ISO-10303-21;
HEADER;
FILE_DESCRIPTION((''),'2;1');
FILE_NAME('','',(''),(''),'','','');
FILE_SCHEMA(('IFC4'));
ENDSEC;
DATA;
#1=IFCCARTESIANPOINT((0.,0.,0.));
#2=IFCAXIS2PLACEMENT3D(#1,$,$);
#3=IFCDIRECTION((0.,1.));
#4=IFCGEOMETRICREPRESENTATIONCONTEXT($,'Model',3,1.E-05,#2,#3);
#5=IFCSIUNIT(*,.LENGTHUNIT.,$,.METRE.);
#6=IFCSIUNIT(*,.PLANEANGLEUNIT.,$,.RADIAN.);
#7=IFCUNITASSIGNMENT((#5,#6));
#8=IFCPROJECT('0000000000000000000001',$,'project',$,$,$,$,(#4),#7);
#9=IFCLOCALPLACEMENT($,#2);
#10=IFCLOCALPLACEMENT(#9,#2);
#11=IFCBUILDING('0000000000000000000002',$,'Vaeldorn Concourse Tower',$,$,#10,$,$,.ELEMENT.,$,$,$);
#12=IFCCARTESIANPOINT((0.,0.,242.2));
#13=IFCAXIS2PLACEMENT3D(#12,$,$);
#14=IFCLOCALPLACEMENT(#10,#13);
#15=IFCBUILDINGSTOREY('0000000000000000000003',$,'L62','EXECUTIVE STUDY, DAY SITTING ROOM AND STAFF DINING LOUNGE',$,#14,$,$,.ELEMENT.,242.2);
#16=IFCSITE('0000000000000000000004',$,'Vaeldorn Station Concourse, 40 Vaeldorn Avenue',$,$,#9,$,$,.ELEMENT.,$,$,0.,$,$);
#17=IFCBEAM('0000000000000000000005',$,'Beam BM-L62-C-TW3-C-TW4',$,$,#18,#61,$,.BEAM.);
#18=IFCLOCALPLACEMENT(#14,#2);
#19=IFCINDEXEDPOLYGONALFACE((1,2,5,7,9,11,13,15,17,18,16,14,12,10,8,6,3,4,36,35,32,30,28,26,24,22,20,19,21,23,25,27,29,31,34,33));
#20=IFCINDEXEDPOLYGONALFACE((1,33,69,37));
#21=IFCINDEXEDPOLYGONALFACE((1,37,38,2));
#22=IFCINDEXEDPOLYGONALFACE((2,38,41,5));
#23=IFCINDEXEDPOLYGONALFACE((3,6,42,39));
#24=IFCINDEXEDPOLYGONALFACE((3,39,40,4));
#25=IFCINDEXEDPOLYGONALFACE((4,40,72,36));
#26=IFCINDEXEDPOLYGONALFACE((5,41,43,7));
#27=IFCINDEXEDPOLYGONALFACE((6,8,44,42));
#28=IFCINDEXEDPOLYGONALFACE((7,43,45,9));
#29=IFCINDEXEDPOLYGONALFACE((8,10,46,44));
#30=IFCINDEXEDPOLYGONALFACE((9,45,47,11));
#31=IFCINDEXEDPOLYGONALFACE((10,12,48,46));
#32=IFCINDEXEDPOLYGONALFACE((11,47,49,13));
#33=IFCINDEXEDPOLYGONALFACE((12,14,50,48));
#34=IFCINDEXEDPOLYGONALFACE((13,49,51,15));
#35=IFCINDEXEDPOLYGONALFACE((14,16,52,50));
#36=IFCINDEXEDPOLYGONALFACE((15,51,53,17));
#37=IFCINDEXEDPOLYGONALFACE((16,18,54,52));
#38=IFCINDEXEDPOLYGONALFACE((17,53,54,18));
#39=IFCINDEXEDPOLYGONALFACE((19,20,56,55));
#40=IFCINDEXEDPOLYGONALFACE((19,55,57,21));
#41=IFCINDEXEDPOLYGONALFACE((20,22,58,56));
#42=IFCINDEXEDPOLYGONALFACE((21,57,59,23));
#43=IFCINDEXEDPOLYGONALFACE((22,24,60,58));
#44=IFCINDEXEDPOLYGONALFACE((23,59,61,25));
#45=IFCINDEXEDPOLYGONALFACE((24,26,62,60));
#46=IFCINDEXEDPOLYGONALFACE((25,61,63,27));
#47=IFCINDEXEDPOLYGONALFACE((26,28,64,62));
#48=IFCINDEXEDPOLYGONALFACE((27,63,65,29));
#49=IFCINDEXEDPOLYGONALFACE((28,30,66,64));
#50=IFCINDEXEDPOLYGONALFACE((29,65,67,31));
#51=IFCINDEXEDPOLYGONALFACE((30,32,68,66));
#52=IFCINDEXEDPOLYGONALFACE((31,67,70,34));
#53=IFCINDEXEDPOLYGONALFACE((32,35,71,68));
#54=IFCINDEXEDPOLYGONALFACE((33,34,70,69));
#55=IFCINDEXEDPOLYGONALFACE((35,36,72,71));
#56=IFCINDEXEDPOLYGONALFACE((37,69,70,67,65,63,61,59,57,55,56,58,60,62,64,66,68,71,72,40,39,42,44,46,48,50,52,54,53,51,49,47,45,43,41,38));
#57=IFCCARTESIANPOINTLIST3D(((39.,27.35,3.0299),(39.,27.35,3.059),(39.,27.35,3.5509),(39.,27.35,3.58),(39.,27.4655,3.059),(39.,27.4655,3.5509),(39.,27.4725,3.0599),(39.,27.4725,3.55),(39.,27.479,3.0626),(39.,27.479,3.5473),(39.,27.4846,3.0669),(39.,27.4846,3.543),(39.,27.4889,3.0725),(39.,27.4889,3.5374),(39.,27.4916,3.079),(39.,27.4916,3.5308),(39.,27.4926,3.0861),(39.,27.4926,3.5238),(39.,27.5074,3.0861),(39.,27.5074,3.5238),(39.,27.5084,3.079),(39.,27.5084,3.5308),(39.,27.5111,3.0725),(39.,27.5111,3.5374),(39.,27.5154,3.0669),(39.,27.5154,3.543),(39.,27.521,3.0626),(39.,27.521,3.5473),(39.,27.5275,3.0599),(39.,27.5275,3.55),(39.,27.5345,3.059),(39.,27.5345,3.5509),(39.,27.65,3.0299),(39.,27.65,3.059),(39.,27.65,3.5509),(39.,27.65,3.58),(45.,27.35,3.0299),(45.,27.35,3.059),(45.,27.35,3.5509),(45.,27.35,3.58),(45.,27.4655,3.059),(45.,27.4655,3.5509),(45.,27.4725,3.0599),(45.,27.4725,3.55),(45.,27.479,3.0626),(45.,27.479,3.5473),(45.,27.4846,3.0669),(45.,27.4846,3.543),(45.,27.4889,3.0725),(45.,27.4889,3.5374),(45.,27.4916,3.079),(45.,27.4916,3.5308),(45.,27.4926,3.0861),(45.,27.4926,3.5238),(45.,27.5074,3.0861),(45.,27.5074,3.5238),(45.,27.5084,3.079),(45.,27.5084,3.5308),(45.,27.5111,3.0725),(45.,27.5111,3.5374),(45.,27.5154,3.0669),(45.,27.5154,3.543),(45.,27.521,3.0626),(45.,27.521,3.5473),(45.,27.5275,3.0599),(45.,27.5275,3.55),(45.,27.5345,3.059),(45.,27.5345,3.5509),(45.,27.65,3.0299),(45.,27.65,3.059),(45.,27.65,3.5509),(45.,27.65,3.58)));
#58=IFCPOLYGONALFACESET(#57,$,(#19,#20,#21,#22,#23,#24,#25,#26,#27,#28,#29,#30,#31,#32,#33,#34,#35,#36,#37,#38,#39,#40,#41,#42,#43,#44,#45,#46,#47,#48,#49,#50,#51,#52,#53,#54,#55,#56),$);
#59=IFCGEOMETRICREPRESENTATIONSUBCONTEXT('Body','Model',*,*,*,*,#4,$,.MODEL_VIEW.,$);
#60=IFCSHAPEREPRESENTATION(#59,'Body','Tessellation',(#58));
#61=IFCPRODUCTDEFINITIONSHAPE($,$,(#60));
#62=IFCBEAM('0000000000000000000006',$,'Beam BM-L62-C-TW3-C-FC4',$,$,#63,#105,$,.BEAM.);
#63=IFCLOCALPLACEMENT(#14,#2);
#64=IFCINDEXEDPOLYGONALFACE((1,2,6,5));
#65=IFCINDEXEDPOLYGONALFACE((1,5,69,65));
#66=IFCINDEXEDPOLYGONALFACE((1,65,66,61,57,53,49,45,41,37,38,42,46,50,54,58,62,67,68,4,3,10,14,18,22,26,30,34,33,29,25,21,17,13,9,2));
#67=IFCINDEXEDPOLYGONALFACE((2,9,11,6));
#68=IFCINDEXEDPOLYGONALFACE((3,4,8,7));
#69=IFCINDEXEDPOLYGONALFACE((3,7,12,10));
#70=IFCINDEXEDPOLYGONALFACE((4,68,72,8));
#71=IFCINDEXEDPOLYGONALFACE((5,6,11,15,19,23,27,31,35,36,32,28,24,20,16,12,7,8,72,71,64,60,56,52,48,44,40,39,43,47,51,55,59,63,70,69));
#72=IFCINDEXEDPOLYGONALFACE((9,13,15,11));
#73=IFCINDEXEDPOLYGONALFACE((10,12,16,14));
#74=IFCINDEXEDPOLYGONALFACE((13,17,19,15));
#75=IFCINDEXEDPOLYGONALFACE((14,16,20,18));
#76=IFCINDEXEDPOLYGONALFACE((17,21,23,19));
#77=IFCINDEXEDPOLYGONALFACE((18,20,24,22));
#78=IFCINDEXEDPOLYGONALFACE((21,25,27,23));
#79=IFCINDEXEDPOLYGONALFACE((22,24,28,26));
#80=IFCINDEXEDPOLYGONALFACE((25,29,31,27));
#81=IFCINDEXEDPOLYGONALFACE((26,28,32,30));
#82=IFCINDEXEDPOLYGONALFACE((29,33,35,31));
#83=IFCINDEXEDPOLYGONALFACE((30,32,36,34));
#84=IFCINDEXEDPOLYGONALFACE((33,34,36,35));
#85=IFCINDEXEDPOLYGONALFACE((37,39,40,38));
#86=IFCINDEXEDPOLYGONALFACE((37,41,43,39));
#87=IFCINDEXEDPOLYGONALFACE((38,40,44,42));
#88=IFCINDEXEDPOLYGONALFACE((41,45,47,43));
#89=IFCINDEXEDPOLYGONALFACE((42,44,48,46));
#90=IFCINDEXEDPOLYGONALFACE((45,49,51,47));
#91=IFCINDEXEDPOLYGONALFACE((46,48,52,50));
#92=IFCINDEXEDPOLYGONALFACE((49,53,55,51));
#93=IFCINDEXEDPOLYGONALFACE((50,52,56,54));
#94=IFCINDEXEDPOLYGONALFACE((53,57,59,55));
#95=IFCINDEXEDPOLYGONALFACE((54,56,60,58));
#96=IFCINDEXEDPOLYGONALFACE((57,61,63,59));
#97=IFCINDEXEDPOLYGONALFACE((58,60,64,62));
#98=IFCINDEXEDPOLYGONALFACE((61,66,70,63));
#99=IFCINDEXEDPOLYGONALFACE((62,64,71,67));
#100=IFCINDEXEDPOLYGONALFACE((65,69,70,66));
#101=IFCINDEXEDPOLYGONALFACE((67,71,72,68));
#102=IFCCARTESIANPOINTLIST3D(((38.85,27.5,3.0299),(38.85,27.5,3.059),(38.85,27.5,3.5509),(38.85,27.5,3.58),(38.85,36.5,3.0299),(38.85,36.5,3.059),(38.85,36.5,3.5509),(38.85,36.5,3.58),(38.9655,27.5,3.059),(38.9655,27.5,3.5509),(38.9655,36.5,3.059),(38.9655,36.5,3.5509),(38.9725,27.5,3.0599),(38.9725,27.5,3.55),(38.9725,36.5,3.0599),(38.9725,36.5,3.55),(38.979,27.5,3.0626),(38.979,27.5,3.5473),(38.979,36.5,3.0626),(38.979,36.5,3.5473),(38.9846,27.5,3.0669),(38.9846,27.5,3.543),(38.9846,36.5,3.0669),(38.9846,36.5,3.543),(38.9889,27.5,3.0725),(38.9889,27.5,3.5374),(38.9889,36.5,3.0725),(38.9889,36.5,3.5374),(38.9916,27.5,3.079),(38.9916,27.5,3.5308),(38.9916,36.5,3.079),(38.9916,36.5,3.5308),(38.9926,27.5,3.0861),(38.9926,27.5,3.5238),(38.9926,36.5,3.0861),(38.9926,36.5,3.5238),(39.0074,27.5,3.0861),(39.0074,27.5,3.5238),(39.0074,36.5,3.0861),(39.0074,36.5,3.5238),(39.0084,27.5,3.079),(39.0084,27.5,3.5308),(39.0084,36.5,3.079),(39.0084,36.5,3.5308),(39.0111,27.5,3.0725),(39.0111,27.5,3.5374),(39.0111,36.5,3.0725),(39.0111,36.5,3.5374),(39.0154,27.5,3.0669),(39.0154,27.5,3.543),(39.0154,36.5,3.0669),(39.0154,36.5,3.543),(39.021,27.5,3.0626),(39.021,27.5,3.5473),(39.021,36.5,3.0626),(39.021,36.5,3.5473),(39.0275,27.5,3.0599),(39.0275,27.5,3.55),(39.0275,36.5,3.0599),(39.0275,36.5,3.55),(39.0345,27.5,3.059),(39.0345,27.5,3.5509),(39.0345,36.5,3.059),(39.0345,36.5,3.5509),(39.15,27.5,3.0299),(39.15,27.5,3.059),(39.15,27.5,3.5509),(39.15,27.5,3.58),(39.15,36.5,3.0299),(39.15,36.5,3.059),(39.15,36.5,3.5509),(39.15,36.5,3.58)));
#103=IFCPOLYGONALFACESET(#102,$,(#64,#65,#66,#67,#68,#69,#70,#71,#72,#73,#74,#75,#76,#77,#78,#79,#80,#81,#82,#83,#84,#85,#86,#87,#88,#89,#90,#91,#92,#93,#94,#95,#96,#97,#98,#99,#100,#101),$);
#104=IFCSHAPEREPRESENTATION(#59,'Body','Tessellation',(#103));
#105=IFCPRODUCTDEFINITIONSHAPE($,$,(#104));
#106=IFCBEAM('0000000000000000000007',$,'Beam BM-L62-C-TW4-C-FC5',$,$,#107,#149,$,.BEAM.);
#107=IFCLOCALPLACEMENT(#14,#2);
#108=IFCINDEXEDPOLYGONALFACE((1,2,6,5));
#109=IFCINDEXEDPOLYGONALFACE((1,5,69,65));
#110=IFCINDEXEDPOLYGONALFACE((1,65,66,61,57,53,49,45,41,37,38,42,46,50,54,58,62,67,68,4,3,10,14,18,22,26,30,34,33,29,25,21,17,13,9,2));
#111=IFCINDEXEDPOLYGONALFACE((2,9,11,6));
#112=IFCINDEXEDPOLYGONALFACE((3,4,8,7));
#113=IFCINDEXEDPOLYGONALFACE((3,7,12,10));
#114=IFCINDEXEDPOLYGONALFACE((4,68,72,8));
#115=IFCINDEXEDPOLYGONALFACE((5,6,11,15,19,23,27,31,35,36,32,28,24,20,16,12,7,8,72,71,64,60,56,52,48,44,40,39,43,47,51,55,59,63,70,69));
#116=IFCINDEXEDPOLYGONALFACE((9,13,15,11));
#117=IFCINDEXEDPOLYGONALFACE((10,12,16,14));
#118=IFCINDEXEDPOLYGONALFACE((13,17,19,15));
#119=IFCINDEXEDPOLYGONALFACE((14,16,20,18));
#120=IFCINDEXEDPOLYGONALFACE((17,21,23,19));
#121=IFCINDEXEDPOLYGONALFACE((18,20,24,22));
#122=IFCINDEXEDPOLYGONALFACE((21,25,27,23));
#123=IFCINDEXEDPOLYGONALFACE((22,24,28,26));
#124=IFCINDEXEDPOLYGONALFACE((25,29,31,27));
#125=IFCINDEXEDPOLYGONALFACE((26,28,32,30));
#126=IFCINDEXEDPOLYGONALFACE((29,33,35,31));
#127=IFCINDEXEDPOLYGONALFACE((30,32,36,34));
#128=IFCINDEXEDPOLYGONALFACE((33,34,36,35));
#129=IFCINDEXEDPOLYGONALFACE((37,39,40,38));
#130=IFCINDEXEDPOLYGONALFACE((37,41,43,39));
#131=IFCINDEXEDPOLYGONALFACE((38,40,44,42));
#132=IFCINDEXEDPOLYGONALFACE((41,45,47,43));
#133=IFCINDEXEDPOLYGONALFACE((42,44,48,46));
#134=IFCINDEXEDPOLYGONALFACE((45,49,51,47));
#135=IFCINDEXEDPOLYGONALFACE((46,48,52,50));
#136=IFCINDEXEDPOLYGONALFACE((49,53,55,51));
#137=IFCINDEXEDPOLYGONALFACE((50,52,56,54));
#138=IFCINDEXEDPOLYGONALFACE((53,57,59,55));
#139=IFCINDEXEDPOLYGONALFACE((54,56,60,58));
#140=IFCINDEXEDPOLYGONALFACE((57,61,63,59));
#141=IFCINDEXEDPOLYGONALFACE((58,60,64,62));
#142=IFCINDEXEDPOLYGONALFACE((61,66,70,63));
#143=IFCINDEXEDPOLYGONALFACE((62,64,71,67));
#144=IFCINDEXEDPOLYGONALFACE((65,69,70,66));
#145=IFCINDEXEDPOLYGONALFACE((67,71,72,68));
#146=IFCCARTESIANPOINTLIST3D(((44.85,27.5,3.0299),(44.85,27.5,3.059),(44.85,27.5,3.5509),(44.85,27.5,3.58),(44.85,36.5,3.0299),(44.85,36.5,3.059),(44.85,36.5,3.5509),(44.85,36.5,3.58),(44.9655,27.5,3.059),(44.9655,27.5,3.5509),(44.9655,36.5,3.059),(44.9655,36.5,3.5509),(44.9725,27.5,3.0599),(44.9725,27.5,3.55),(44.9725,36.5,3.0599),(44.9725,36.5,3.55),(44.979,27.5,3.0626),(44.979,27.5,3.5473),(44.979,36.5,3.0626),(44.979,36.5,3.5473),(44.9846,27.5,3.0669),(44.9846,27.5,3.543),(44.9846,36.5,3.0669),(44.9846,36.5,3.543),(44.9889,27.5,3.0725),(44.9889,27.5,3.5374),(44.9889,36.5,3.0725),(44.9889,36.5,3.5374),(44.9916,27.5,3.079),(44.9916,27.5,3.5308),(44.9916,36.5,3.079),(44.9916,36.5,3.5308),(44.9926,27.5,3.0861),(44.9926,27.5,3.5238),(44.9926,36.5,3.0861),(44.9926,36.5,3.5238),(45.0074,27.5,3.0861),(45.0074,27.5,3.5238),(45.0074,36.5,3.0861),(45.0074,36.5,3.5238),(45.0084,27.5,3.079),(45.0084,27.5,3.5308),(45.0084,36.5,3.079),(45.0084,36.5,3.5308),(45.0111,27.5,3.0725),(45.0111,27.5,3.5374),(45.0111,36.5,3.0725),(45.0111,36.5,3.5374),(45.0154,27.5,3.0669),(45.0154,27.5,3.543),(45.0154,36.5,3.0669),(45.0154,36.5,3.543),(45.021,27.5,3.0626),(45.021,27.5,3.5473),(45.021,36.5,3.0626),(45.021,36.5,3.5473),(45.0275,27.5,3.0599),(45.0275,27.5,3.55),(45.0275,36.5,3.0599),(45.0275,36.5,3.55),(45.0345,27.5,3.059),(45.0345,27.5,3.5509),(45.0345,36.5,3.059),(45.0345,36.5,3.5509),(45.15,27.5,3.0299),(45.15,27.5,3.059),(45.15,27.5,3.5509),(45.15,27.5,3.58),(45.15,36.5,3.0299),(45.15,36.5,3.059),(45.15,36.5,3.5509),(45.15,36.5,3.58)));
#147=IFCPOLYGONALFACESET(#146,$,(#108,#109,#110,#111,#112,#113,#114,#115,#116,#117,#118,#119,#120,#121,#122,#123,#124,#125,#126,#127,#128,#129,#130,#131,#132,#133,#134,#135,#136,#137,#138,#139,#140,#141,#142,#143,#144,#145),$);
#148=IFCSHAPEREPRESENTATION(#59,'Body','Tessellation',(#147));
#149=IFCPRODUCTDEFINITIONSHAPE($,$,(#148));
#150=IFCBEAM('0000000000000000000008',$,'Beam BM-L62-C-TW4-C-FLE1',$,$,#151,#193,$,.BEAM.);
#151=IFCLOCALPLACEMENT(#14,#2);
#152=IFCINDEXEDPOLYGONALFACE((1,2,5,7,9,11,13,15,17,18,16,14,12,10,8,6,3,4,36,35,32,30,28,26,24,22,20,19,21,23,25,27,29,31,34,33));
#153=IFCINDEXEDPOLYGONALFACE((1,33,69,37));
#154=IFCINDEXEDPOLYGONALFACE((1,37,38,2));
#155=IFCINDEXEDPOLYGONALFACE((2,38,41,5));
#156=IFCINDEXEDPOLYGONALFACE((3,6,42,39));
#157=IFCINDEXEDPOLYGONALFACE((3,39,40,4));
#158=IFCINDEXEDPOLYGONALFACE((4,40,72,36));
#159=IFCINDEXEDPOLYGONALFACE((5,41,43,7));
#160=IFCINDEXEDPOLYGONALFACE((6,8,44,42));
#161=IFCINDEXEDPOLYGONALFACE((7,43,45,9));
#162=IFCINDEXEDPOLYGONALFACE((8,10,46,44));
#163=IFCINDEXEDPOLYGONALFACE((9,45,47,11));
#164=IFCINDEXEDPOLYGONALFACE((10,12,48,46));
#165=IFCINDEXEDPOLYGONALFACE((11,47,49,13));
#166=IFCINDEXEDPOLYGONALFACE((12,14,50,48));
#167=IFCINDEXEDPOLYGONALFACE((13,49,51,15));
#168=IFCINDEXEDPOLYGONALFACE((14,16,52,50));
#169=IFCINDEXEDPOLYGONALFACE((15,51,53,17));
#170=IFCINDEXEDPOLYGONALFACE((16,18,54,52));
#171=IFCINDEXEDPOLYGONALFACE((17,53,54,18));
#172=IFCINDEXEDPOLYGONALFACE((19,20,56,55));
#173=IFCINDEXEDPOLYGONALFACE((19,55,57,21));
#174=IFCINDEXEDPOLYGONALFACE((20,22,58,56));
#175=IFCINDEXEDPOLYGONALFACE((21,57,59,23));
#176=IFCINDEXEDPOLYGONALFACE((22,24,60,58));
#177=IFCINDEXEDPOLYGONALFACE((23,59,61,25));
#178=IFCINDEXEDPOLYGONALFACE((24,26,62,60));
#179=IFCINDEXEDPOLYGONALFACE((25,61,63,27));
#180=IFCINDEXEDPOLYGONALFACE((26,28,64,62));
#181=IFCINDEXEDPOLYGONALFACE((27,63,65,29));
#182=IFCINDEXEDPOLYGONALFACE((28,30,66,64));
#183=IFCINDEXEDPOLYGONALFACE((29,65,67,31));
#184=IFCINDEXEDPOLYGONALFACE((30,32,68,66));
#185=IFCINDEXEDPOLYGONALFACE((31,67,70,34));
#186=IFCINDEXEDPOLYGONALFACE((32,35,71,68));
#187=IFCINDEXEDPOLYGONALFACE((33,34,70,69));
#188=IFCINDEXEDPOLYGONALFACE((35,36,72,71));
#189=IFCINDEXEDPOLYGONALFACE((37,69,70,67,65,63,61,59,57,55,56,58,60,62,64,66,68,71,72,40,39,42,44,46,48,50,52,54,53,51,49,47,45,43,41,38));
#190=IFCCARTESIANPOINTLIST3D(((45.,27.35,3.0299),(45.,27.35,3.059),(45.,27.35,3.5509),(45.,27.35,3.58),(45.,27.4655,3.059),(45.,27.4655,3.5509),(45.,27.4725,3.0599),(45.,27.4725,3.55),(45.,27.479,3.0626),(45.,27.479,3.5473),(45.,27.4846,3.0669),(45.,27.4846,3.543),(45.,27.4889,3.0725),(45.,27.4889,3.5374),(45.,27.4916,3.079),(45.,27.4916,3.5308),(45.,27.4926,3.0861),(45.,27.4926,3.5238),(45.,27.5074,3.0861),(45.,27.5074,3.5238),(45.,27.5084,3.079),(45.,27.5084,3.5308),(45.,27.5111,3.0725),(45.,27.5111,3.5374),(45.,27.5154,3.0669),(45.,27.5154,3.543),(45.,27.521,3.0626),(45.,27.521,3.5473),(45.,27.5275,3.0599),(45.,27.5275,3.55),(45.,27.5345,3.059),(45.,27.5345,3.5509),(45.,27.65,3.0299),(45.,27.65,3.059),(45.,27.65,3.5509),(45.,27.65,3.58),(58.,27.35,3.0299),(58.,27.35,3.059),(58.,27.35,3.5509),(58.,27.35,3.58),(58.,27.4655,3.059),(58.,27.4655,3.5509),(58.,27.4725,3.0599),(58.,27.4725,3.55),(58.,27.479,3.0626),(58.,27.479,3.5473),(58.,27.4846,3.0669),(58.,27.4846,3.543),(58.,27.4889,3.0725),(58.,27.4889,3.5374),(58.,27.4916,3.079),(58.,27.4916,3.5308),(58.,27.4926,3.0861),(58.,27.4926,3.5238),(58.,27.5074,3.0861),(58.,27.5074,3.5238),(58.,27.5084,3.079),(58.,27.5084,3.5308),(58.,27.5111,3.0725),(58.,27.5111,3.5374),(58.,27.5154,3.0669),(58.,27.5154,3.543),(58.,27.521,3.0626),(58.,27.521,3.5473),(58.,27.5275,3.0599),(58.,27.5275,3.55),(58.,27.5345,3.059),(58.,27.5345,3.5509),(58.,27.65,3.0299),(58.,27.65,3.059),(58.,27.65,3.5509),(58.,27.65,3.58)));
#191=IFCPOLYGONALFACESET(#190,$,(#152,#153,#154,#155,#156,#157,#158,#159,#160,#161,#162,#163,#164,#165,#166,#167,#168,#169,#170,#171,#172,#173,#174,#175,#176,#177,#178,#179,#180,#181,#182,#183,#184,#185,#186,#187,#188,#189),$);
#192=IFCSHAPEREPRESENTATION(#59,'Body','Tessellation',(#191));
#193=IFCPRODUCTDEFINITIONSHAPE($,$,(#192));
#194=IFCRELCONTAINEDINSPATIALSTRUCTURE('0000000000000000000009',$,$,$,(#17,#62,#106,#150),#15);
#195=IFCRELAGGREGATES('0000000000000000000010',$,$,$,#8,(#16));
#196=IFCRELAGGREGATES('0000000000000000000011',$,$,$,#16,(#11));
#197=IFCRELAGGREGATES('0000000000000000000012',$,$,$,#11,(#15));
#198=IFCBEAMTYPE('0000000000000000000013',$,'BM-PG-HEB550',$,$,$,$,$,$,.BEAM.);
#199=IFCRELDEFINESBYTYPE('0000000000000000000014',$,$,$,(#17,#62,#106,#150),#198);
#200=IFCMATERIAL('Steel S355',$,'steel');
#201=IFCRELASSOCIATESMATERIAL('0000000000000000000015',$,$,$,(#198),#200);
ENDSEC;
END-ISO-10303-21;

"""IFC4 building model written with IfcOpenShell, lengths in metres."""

from ifc_helpers import new_model, si_unit, direction, frame, origin, origin_2d, place, context, subcontext, project, spatial, i_section, extrude, source, transform, mapped, material, material_profile, profile_set, type_object, element, save


model = new_model("IFC4")

# Units and contexts
model_context = context("Model", 3, precision=1e-05, world=origin(), true_north=direction((0.0, 1.0)))
body_context = subcontext(model_context, "Body", "Model", "MODEL_VIEW")
ifc_project = project(units=[si_unit("LENGTHUNIT", "METRE"), si_unit("PLANEANGLEUNIT", "RADIAN")], contexts=[model_context])

# Site, building, storey
site_placement = place(None, origin())
site = spatial("IfcSite", under=ifc_project, at=site_placement, Name="Vaeldorn Station Concourse, 40 Vaeldorn Avenue", CompositionType="ELEMENT", RefElevation=0.0)
building_placement = place(site_placement, origin())
building = spatial("IfcBuilding", under=site, at=building_placement, Name="Vaeldorn Concourse Tower", CompositionType="ELEMENT")
storey_placement = place(building_placement, frame((0.0, 0.0, 242.2)))
storey = spatial("IfcBuildingStorey", under=building, at=storey_placement, Name="L62", Description="EXECUTIVE STUDY, DAY SITTING ROOM AND STAFF DINING LOUNGE", CompositionType="ELEMENT", Elevation=242.2)

# Shared definitions
ifc_material_1 = material(Name="Steel S355", Category="steel")

# Beams
ifc_material_profile_1 = material_profile(ifc_material_1, i_section(OverallWidth=0.3, OverallDepth=0.55, WebThickness=0.0149, FlangeThickness=0.0291, FilletRadius=0.0271, at=origin_2d()), Name="HEB 550")
ifc_profile_set_1 = profile_set([ifc_material_profile_1], Name="Steel S355")
beam_type_1 = type_object("IfcBeamType", Name="BM-PG-HEB550", PredefinedType="BEAM", material=ifc_profile_set_1)
shared_shape_1 = source(origin(), body_context, "Body", "SweptSolid", [
    extrude(i_section(OverallWidth=0.3, OverallDepth=0.55, WebThickness=0.0149, FlangeThickness=0.0291, FilletRadius=0.0271, at=origin_2d()), origin(), (0.0, 0.0, 1.0), 6.0),
])
beam_1_placement = place(storey_placement, frame((39.0, 27.5, 3.3049), z_axis=(1.0, 0.0, 0.0), x_axis=(0.0, 1.0, 0.0)))
element("IfcBeam", 1, at=beam_1_placement, inside=storey, type_object=beam_type_1, Name="Beam BM-L62-C-TW3-C-TW4", PredefinedType="BEAM", context=body_context, shape_type="MappedRepresentation", body=[
    mapped(shared_shape_1, transform((0.0, 0.0, 0.0), scale=1.0)),
])
shared_shape_2 = source(origin(), body_context, "Body", "SweptSolid", [
    extrude(i_section(OverallWidth=0.3, OverallDepth=0.55, WebThickness=0.0149, FlangeThickness=0.0291, FilletRadius=0.0271, at=origin_2d()), origin(), (0.0, 0.0, 1.0), 9.0),
])
for number, where, z_axis, x_axis, name in (
    (2, (39.0, 27.5, 3.3049), (0.0, 1.0, 0.0), (-1.0, 0.0, 0.0), "Beam BM-L62-C-TW3-C-FC4"),
    (3, (45.0, 27.5, 3.3049), (0.0, 1.0, 0.0), (-1.0, 0.0, 0.0), "Beam BM-L62-C-TW4-C-FC5"),
):
    element("IfcBeam", number, at=place(storey_placement, frame(where, z_axis=z_axis, x_axis=x_axis)), inside=storey, type_object=beam_type_1, Name=name, PredefinedType="BEAM", context=body_context, shape_type="MappedRepresentation", body=[
        mapped(shared_shape_2, transform((0.0, 0.0, 0.0), scale=1.0)),
    ])
shared_shape_3 = source(origin(), body_context, "Body", "SweptSolid", [
    extrude(i_section(OverallWidth=0.3, OverallDepth=0.55, WebThickness=0.0149, FlangeThickness=0.0291, FilletRadius=0.0271, at=origin_2d()), origin(), (0.0, 0.0, 1.0), 13.0),
])
beam_2_placement = place(storey_placement, frame((45.0, 27.5, 3.3049), z_axis=(1.0, 0.0, 0.0), x_axis=(0.0, 1.0, 0.0)))
element("IfcBeam", 4, at=beam_2_placement, inside=storey, type_object=beam_type_1, Name="Beam BM-L62-C-TW4-C-FLE1", PredefinedType="BEAM", context=body_context, shape_type="MappedRepresentation", body=[
    mapped(shared_shape_3, transform((0.0, 0.0, 0.0), scale=1.0)),
])

save(model, "model.ifc")
